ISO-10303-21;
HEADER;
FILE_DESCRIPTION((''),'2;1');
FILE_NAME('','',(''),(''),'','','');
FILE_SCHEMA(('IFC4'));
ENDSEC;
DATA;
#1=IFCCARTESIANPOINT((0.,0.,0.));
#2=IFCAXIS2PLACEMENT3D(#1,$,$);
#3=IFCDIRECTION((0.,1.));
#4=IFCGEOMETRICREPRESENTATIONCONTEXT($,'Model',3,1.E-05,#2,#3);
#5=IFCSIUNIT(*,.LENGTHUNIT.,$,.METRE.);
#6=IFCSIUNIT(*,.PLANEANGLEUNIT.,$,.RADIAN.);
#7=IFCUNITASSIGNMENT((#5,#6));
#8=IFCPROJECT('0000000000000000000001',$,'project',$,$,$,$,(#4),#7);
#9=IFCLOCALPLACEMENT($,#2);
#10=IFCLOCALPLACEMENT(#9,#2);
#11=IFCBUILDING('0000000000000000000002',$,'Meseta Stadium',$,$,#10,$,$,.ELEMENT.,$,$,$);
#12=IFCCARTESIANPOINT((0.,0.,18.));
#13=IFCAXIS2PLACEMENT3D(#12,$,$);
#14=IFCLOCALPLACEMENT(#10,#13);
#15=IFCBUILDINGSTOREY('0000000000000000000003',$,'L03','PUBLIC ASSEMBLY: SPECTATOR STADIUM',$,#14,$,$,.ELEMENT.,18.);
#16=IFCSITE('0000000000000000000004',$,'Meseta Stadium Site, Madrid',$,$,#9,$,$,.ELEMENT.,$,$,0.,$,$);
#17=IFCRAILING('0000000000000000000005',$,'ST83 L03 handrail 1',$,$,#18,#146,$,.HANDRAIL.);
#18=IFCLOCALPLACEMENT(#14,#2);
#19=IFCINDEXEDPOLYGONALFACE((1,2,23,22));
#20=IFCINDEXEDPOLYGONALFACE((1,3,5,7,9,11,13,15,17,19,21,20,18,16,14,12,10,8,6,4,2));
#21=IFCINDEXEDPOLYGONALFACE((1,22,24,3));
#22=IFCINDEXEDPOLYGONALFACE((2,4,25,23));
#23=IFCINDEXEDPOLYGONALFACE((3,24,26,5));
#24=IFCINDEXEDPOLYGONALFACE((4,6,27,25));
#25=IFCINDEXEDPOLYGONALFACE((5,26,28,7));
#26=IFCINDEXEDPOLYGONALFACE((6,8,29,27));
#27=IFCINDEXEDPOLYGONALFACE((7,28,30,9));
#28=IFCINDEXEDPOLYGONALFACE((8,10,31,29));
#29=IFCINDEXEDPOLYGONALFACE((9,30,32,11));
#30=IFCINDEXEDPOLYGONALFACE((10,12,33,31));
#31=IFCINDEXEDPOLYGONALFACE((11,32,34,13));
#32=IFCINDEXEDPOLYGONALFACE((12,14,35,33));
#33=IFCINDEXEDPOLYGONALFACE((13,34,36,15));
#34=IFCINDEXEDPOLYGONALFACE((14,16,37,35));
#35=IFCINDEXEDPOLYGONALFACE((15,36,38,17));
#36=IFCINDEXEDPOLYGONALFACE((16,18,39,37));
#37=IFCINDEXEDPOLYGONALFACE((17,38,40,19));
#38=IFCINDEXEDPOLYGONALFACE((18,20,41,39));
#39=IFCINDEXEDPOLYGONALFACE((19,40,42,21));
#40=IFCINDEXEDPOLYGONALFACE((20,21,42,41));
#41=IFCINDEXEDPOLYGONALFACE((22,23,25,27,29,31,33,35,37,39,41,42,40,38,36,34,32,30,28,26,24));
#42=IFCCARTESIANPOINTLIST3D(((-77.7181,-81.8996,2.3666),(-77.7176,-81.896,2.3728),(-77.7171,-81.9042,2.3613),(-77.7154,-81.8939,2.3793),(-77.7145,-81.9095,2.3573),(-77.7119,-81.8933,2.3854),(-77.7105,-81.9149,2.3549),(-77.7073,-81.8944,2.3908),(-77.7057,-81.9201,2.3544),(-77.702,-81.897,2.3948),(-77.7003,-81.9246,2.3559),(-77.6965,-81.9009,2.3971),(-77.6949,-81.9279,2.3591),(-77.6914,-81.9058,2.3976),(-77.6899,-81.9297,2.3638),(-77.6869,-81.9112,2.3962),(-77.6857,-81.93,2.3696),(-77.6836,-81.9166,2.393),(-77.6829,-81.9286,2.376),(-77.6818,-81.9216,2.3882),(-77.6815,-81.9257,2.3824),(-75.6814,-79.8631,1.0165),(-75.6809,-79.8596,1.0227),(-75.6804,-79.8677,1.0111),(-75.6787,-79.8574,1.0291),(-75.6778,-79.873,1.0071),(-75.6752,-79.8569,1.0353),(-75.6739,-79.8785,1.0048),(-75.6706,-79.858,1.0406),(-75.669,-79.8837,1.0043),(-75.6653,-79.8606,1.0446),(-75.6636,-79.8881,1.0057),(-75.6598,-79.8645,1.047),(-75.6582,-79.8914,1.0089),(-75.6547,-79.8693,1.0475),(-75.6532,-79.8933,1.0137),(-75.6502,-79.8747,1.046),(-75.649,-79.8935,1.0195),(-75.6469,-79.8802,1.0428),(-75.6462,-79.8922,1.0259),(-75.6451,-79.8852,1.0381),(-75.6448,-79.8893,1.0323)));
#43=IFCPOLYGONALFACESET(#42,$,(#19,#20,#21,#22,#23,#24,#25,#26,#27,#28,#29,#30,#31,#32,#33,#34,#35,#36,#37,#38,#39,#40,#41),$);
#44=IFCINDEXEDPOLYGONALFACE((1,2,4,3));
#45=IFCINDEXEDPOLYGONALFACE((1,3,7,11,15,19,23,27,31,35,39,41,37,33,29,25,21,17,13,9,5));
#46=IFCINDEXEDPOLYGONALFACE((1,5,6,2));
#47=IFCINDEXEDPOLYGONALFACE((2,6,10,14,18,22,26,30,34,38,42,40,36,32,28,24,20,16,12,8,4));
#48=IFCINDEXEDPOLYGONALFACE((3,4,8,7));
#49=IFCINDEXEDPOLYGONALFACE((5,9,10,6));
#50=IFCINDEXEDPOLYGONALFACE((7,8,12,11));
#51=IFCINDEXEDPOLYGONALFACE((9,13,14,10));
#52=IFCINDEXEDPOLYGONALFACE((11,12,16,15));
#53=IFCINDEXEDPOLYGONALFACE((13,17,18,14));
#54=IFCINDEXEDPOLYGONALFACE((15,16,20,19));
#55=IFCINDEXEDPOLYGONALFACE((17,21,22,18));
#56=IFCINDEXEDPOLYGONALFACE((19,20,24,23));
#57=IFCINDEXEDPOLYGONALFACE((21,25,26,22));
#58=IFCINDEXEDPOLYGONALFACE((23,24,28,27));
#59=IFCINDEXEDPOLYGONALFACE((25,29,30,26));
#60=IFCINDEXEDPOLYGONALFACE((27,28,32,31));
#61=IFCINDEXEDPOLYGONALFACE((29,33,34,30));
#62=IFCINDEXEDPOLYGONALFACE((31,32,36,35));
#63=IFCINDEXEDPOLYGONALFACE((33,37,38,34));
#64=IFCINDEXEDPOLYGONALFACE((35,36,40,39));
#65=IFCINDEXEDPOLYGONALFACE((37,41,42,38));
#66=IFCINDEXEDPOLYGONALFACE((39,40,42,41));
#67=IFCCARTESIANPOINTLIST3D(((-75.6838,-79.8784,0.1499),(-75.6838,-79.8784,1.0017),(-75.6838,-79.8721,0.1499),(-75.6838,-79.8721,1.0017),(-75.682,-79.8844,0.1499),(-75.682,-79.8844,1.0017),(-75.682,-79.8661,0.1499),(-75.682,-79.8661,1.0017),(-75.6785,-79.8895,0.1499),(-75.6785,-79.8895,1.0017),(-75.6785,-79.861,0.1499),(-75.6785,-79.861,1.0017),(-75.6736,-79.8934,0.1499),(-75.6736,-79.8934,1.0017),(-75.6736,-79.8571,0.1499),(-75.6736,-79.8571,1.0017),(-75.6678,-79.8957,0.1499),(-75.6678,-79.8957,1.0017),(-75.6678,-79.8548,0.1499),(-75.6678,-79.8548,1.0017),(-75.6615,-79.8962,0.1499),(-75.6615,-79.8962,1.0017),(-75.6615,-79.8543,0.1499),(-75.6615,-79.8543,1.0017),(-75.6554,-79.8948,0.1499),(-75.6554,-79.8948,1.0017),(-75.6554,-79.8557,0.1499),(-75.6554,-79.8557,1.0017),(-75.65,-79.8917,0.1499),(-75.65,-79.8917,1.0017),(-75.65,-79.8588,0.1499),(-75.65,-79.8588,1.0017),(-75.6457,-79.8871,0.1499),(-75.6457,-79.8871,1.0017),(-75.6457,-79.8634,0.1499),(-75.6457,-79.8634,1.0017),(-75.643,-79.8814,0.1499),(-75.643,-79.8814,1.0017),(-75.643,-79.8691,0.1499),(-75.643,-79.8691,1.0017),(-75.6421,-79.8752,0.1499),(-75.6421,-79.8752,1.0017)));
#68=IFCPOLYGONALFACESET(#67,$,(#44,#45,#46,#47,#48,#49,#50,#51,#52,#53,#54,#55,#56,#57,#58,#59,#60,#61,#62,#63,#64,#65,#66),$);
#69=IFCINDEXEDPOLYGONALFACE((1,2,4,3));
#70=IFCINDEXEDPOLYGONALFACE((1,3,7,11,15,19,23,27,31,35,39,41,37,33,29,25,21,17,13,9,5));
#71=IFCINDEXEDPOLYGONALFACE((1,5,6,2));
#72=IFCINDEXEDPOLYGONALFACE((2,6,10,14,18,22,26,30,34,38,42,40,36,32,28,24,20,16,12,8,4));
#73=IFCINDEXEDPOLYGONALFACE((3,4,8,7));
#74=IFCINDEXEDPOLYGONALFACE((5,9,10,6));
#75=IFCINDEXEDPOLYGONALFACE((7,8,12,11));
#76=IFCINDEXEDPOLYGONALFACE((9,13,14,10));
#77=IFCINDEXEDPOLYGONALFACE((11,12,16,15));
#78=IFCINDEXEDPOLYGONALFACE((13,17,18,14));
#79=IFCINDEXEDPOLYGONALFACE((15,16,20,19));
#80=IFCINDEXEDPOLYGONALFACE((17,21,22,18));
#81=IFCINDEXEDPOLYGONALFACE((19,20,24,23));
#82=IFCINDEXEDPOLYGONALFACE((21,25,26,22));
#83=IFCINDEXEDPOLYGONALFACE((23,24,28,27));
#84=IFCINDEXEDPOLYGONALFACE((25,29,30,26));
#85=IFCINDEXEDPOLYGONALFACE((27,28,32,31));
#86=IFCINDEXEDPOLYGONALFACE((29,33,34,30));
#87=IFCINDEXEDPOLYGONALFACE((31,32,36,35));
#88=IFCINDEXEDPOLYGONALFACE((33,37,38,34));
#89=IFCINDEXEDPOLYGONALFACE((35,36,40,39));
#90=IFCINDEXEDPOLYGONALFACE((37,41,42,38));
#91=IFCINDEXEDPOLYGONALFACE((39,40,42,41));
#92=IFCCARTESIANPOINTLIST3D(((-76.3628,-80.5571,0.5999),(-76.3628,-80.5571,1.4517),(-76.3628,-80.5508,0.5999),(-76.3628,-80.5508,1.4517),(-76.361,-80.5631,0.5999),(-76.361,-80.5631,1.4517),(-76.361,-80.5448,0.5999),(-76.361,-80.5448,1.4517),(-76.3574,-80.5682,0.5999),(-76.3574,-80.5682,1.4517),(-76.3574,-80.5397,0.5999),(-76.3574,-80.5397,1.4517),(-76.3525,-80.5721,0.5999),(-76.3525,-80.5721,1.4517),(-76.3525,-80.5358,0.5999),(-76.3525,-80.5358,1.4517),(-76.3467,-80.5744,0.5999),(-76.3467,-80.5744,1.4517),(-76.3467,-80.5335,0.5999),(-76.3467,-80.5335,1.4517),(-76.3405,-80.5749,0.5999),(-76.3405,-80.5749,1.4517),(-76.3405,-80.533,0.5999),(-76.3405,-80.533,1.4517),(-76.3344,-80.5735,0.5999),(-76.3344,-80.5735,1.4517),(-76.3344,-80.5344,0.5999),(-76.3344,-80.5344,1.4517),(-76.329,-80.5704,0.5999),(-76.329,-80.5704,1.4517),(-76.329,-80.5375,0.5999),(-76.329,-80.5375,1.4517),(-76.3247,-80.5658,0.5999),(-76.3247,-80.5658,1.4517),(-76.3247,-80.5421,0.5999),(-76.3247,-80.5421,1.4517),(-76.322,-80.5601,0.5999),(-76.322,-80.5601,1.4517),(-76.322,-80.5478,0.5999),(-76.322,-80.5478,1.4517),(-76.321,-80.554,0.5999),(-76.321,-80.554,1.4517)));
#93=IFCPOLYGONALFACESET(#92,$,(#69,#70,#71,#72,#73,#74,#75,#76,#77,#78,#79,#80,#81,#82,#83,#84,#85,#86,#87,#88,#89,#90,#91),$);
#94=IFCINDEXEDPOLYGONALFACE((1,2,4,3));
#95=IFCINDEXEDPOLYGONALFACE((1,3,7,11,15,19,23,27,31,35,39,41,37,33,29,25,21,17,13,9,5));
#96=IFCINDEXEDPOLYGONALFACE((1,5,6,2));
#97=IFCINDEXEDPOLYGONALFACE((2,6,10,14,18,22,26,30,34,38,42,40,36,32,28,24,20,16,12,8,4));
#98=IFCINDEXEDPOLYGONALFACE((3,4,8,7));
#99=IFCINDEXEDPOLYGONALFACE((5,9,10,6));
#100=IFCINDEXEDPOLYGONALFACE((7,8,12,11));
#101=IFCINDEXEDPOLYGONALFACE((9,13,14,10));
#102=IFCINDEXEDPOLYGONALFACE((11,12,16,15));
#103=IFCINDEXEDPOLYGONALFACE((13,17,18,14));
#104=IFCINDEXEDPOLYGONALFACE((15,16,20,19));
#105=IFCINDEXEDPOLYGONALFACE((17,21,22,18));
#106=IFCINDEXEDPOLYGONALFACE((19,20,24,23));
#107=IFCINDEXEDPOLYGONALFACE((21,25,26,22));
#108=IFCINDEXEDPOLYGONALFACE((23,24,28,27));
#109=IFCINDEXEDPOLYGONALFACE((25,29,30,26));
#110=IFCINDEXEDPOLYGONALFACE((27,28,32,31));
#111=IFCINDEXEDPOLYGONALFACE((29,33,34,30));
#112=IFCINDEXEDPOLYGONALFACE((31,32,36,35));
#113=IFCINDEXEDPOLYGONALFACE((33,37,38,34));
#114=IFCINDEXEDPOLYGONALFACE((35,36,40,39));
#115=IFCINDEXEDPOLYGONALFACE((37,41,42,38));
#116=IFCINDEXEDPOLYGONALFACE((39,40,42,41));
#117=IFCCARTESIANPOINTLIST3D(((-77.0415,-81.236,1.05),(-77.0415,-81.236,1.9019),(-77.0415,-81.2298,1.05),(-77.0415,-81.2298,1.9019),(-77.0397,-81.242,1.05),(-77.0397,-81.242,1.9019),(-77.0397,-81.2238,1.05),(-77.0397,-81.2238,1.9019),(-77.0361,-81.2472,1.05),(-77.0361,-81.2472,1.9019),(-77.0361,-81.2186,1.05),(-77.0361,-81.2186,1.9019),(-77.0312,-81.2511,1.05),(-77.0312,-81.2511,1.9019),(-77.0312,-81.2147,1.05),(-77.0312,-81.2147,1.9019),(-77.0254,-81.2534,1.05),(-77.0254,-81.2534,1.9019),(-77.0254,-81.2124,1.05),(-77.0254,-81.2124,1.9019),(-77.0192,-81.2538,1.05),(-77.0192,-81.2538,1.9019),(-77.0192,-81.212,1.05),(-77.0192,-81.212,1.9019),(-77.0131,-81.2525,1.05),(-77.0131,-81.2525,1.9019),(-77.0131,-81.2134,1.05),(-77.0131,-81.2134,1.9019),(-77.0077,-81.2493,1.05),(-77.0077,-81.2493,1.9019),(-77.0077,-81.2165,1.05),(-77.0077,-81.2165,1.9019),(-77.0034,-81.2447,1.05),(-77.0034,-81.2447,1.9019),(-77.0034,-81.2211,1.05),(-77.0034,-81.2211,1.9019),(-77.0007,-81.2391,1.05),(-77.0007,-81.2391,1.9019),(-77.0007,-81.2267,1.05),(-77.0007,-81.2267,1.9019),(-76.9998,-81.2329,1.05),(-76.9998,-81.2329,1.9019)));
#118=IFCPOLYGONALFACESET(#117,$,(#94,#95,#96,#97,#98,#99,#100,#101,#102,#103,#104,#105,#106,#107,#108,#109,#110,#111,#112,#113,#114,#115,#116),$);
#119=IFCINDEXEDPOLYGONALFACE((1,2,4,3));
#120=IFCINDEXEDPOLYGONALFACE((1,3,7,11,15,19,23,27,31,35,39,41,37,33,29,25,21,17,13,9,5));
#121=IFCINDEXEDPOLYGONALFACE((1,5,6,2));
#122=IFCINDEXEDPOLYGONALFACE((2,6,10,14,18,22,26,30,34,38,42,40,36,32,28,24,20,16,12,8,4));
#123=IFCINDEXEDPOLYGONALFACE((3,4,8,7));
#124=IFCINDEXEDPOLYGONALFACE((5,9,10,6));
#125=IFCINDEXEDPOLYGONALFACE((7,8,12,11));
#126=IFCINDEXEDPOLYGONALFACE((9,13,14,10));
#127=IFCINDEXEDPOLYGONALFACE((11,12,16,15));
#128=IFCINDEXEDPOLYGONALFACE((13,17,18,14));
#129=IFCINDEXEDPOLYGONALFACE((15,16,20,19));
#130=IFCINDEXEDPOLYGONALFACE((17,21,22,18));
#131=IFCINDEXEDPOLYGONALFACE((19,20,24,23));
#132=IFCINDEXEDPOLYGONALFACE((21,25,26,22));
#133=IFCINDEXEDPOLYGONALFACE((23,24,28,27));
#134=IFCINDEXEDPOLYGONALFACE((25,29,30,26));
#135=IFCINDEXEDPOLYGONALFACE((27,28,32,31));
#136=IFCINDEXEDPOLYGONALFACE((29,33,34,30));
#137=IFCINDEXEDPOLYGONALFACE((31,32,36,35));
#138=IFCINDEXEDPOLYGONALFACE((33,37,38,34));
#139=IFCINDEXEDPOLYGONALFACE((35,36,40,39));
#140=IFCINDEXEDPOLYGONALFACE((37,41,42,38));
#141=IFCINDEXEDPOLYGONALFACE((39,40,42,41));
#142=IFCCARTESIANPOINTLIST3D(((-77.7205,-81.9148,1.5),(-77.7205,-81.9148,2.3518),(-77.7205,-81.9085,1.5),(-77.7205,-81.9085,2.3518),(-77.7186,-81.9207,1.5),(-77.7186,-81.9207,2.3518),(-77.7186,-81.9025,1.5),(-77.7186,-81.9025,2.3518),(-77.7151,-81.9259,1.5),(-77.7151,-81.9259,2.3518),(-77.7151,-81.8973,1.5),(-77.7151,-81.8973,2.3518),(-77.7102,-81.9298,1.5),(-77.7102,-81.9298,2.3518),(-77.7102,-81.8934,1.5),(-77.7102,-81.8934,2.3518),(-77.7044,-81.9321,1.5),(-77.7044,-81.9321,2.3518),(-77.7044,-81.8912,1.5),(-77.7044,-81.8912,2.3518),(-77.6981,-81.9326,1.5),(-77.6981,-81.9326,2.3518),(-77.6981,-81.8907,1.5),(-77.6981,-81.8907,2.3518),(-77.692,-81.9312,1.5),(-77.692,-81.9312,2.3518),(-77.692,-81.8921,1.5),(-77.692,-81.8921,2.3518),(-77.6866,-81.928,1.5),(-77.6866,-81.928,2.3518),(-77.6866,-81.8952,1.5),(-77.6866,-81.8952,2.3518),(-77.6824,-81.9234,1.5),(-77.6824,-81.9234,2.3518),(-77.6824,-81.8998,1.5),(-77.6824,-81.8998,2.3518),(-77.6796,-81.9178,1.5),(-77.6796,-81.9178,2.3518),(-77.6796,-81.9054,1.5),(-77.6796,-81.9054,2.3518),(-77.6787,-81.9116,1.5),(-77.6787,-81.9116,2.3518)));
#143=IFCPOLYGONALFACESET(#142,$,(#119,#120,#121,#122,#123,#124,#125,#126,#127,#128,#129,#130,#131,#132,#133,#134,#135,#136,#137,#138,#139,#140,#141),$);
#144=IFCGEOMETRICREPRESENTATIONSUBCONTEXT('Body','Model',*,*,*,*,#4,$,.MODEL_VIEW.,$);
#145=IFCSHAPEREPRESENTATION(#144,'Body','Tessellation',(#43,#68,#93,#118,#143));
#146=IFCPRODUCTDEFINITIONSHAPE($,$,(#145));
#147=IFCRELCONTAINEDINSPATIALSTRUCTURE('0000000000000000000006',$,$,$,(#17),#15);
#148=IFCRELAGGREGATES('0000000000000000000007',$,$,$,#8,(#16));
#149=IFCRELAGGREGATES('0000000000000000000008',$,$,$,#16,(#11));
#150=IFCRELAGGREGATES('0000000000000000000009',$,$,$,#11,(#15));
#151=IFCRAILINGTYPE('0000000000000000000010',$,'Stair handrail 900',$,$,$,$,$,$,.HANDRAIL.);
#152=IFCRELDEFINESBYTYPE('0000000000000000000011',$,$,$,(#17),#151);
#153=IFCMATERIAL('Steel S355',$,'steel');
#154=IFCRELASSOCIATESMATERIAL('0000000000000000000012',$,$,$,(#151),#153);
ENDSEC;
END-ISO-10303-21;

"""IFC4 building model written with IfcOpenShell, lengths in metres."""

from ifc_helpers import new_model, si_unit, direction, frame, origin, origin_2d, place, context, subcontext, project, spatial, circle, extrude, material, type_object, element, save


model = new_model("IFC4")

# Units and contexts
model_context = context("Model", 3, precision=1e-05, world=origin(), true_north=direction((0.0, 1.0)))
body_context = subcontext(model_context, "Body", "Model", "MODEL_VIEW")
ifc_project = project(units=[si_unit("LENGTHUNIT", "METRE"), si_unit("PLANEANGLEUNIT", "RADIAN")], contexts=[model_context])

# Site, building, storey
site_placement = place(None, origin())
site = spatial("IfcSite", under=ifc_project, at=site_placement, Name="Meseta Stadium Site, Madrid", CompositionType="ELEMENT", RefElevation=0.0)
building_placement = place(site_placement, origin())
building = spatial("IfcBuilding", under=site, at=building_placement, Name="Meseta Stadium", CompositionType="ELEMENT")
storey_placement = place(building_placement, frame((0.0, 0.0, 18.0)))
storey = spatial("IfcBuildingStorey", under=building, at=storey_placement, Name="L03", Description="PUBLIC ASSEMBLY: SPECTATOR STADIUM", CompositionType="ELEMENT", Elevation=18.0)

# Railing
ifc_material_1 = material(Name="Steel S355", Category="steel")
railing_type_1 = type_object("IfcRailingType", Name="Stair handrail 900", PredefinedType="HANDRAIL", material=ifc_material_1)
for number, where, name in (
    (1, (-75.6631, -79.8752, 0.1499), "ST83 L03 handrail 1"),
):
    element("IfcRailing", number, at=place(storey_placement, frame(where)), inside=storey, type_object=railing_type_1, Name=name, PredefinedType="HANDRAIL", context=body_context, shape_type="SweptSolid", body=[
        extrude(circle(Radius=0.0239, at=origin_2d()), frame((0.0, 0.0, 0.876), z_axis=(-0.640288, -0.640211, 0.424454), x_axis=(0.707064, -0.707149, 0.0)), (0.0, 0.0, 1.0), 3.1809),
        extrude(circle(Radius=0.021, at=origin_2d()), origin(), (0.0, 0.0, 1.0), 0.8518),
        extrude(circle(Radius=0.021, at=origin_2d()), frame((-0.679, -0.6787, 0.45)), (0.0, 0.0, 1.0), 0.8518),
        extrude(circle(Radius=0.021, at=origin_2d()), frame((-1.3577, -1.3577, 0.9001)), (0.0, 0.0, 1.0), 0.8518),
        extrude(circle(Radius=0.021, at=origin_2d()), frame((-2.0366, -2.0364, 1.3501)), (0.0, 0.0, 1.0), 0.8518),
    ])

save(model, "model.ifc")
